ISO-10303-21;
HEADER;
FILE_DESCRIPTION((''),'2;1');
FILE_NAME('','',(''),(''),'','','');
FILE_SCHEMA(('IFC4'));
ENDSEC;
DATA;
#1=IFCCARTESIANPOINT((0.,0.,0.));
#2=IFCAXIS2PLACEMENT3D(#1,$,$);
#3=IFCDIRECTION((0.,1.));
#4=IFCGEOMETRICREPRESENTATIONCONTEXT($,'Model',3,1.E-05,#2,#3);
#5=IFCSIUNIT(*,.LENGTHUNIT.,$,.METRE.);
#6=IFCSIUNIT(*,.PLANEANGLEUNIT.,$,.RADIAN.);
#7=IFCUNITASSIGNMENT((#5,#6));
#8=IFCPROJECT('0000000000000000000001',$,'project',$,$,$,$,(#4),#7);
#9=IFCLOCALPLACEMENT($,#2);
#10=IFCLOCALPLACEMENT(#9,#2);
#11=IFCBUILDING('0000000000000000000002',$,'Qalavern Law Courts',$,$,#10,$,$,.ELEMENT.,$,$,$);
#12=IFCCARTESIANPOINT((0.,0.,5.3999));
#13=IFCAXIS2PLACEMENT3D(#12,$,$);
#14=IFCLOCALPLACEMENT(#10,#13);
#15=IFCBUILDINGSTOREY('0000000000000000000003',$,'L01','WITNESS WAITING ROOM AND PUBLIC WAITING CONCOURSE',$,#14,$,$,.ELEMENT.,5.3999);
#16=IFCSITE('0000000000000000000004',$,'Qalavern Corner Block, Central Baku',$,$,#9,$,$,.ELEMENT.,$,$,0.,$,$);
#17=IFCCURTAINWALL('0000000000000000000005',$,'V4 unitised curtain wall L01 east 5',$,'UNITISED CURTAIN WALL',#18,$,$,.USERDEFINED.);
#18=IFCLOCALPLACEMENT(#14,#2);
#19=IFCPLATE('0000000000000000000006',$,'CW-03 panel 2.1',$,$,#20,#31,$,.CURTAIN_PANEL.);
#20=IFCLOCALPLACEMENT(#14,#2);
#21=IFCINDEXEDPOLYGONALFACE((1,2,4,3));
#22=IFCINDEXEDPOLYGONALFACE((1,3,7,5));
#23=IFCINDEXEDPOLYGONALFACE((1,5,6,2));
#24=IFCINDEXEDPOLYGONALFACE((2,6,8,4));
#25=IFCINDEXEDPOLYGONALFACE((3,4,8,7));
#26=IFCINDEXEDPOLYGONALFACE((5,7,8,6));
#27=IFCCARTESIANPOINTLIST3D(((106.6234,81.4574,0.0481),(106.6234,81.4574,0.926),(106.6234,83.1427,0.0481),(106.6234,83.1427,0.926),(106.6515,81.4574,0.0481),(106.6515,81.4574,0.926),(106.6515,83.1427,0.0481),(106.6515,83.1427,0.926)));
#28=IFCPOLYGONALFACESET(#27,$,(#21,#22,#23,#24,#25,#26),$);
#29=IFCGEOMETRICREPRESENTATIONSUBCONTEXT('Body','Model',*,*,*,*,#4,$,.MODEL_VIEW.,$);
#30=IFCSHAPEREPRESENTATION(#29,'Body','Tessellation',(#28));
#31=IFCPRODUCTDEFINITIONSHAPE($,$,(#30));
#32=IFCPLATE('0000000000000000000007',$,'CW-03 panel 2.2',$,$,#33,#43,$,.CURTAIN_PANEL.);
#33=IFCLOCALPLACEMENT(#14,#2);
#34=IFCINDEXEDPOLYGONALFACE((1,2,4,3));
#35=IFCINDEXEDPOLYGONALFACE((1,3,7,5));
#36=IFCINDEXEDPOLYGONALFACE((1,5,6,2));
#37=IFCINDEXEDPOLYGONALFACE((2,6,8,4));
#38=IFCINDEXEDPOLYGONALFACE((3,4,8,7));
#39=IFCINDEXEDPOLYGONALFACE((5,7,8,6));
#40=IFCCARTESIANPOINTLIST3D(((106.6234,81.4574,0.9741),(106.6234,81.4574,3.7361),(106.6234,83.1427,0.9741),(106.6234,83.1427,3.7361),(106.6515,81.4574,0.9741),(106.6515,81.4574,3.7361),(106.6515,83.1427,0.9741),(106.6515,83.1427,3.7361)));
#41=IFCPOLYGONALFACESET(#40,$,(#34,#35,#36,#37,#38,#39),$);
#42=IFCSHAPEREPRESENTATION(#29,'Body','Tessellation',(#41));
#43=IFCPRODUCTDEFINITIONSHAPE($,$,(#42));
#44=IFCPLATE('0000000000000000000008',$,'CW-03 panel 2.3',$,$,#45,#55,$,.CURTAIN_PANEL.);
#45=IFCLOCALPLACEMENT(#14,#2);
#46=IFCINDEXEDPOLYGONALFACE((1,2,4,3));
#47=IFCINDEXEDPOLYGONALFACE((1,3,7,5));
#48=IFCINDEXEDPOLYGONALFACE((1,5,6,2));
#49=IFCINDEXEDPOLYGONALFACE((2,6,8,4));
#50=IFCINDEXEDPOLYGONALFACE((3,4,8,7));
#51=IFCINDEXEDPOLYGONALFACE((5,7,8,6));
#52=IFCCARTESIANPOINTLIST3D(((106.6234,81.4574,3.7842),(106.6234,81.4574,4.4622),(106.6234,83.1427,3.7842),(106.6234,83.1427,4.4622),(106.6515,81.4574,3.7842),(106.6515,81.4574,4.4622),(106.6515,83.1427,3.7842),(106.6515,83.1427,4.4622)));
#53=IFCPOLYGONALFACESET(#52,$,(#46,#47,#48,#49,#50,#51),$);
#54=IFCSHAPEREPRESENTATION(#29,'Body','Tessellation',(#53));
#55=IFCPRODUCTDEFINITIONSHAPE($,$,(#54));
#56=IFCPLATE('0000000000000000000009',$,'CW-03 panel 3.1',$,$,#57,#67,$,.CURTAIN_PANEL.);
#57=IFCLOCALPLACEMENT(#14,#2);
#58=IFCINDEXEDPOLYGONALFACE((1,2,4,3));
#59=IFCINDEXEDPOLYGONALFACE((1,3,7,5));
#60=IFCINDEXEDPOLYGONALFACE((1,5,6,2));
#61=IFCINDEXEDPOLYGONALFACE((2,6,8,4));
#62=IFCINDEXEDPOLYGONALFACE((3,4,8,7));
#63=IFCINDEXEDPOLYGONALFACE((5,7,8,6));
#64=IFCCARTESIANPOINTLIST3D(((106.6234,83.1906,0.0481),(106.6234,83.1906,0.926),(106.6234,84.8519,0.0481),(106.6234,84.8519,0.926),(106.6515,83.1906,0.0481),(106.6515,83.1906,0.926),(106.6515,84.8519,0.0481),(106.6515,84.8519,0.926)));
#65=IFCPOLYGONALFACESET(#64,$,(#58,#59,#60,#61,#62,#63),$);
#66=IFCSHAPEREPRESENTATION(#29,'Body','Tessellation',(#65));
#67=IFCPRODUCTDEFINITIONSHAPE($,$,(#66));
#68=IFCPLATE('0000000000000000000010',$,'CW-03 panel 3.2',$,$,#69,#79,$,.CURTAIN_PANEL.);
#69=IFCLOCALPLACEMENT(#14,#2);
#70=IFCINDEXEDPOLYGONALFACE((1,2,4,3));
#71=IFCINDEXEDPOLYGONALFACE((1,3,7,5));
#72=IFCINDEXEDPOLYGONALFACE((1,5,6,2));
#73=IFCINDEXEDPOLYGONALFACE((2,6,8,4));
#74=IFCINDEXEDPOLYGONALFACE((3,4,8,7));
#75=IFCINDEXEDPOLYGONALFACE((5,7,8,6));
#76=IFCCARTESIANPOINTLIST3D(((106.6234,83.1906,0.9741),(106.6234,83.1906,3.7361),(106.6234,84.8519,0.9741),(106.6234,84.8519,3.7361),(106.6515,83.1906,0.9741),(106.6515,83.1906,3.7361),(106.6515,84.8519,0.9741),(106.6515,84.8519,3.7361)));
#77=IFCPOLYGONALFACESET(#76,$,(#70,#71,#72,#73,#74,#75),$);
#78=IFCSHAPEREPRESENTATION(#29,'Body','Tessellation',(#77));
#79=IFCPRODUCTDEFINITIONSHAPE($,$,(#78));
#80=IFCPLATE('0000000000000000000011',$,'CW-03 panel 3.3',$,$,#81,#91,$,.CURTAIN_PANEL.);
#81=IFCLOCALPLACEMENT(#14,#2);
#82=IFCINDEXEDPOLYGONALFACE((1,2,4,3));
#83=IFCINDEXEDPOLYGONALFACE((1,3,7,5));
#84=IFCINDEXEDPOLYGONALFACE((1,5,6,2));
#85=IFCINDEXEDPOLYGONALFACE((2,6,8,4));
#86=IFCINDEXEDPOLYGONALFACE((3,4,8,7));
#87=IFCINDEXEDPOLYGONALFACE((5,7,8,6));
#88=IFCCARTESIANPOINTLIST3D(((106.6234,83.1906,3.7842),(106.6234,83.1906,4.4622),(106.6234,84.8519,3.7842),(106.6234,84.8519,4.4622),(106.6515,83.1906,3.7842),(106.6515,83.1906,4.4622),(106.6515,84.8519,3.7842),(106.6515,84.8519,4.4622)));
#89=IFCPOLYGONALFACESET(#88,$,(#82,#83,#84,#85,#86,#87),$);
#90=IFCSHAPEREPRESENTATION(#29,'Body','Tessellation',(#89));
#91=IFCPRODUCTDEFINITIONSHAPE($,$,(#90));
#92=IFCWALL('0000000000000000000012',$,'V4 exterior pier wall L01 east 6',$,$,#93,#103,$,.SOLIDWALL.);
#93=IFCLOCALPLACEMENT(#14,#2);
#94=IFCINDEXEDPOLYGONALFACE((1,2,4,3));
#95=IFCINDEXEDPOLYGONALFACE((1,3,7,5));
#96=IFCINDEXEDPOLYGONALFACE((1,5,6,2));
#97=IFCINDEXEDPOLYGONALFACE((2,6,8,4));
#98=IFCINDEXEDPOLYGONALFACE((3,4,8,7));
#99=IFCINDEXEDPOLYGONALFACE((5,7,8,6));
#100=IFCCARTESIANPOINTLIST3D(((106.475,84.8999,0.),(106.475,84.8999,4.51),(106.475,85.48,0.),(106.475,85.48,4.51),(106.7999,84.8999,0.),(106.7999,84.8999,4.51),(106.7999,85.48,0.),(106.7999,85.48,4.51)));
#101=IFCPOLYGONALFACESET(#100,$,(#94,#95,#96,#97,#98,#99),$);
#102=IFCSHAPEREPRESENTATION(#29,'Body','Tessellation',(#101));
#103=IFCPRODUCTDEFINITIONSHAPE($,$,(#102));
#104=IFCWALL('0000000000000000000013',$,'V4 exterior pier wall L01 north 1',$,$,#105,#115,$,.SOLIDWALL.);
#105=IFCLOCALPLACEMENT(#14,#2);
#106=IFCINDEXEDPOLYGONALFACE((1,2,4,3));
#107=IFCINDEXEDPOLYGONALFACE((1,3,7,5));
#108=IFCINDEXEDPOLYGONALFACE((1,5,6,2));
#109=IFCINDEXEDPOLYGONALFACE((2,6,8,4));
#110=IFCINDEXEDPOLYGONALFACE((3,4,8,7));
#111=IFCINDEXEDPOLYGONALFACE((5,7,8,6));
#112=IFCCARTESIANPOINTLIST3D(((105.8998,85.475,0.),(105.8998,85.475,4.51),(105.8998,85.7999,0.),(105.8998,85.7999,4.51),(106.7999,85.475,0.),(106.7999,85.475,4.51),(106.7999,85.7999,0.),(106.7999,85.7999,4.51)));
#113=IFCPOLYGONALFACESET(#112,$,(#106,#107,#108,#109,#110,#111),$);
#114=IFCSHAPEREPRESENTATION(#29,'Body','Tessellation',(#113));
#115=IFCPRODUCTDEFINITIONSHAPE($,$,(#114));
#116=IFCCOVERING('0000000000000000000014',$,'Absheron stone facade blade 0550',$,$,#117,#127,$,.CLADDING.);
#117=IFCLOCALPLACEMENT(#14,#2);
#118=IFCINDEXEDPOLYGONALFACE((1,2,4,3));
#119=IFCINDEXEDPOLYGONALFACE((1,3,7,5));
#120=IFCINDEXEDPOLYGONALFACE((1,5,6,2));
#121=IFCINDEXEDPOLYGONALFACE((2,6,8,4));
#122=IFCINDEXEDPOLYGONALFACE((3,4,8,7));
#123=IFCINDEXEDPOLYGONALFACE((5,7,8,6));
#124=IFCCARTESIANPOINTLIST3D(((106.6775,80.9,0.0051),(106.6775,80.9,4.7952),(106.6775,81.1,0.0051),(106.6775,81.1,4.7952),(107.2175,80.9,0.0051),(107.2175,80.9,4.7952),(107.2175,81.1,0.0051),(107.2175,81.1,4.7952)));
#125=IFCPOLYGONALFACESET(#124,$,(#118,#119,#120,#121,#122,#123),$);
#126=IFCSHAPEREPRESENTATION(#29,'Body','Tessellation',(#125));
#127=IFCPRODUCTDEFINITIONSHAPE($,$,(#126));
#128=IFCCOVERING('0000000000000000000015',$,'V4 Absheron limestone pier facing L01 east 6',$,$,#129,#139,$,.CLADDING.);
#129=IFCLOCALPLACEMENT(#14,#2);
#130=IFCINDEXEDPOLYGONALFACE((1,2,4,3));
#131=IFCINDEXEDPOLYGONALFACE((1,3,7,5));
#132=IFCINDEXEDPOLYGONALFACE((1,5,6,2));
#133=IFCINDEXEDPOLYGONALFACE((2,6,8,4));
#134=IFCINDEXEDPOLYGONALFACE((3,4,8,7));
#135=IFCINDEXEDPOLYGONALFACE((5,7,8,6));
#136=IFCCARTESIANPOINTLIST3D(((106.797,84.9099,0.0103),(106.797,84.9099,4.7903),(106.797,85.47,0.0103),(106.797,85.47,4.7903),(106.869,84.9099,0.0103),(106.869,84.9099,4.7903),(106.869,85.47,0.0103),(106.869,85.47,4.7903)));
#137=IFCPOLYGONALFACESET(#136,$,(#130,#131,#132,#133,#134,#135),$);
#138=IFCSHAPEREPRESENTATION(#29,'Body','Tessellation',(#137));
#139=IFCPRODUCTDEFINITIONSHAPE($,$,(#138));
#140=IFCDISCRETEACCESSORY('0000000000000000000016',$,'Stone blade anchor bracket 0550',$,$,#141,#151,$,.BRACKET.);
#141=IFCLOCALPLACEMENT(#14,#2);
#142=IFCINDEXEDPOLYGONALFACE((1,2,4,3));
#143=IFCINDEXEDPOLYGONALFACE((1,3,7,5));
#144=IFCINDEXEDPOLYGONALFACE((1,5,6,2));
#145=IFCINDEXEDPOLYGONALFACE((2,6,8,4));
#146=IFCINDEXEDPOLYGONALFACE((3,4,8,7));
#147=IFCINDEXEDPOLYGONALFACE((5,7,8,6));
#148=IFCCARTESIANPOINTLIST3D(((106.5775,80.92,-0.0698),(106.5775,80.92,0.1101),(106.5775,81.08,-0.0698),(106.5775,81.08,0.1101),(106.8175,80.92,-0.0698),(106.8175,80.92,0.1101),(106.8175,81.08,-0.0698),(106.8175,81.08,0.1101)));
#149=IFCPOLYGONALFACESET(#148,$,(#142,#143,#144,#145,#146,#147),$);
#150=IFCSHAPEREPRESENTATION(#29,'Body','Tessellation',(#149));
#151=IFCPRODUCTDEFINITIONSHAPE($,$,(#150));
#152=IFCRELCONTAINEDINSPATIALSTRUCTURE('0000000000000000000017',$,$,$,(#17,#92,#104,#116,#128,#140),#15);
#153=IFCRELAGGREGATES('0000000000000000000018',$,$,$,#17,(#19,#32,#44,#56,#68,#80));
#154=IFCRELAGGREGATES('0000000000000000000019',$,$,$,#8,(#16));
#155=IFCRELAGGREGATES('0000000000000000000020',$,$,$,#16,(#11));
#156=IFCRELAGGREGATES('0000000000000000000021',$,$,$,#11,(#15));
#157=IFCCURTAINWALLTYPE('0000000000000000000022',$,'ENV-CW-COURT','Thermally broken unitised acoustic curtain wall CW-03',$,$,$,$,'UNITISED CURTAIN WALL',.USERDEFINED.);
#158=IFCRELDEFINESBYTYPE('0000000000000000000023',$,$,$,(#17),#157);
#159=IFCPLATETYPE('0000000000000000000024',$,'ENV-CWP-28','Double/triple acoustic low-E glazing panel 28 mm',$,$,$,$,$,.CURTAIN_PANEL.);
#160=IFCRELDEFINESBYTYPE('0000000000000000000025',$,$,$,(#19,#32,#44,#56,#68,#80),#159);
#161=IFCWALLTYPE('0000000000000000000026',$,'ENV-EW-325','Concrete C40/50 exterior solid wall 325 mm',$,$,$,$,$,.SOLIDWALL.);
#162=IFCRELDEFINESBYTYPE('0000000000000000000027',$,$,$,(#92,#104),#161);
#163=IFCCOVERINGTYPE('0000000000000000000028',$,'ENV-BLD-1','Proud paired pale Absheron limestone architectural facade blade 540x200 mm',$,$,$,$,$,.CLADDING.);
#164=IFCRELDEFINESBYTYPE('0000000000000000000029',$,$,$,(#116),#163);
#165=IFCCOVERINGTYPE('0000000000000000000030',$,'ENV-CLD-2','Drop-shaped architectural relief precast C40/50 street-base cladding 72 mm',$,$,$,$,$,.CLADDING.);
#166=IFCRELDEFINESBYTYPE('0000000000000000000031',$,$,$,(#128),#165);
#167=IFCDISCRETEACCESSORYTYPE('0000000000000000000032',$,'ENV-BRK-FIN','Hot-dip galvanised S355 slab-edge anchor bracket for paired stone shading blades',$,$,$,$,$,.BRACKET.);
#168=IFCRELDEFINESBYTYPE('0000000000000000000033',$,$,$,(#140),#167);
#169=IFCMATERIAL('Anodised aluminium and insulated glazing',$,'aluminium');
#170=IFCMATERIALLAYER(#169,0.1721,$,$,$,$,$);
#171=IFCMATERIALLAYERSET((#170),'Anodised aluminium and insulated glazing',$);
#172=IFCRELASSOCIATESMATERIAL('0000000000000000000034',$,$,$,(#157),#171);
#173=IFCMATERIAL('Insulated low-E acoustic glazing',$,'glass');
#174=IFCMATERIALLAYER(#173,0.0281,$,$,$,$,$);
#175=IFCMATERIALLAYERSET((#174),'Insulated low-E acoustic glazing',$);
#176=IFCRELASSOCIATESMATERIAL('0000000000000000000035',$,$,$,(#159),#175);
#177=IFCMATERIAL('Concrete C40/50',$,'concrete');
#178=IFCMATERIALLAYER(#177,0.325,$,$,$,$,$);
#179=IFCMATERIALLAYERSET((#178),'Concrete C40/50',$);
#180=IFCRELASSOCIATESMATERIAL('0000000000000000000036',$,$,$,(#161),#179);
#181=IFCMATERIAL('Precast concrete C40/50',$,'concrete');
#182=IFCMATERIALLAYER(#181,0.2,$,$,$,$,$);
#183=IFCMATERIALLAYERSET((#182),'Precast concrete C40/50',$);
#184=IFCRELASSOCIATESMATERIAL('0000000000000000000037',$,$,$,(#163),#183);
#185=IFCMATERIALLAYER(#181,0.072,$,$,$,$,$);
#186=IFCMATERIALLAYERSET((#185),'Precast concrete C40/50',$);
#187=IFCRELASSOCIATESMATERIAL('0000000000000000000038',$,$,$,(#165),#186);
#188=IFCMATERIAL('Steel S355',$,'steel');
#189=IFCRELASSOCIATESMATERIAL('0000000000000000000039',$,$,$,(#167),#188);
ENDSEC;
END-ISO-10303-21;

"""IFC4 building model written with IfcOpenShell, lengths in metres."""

from ifc_helpers import new_model, si_unit, direction, frame, frame_2d, origin, origin_2d, place, context, subcontext, project, spatial, rectangle, extrude, material, layer, layer_set, type_object, element, aggregate, save


model = new_model("IFC4")

# Units and contexts
model_context = context("Model", 3, precision=1e-05, world=origin(), true_north=direction((0.0, 1.0)))
body_context = subcontext(model_context, "Body", "Model", "MODEL_VIEW")
ifc_project = project(units=[si_unit("LENGTHUNIT", "METRE"), si_unit("PLANEANGLEUNIT", "RADIAN")], contexts=[model_context])

# Site, building, storey
site_placement = place(None, origin())
site = spatial("IfcSite", under=ifc_project, at=site_placement, Name="Qalavern Corner Block, Central Baku", CompositionType="ELEMENT", RefElevation=0.0)
building_placement = place(site_placement, origin())
building = spatial("IfcBuilding", under=site, at=building_placement, Name="Qalavern Law Courts", CompositionType="ELEMENT")
storey_placement = place(building_placement, frame((0.0, 0.0, 5.3999)))
storey = spatial("IfcBuildingStorey", under=building, at=storey_placement, Name="L01", Description="WITNESS WAITING ROOM AND PUBLIC WAITING CONCOURSE", CompositionType="ELEMENT", Elevation=5.3999)

# Curtain wall, plates
ifc_material_1 = material(Name="Anodised aluminium and insulated glazing", Category="aluminium")
ifc_layer_1 = layer(ifc_material_1, 0.1721)
ifc_layer_set_1 = layer_set([ifc_layer_1], Name="Anodised aluminium and insulated glazing")
curtain_wall_type = type_object("IfcCurtainWallType", Name="ENV-CW-COURT", Description="Thermally broken unitised acoustic curtain wall CW-03", ElementType="UNITISED CURTAIN WALL", PredefinedType="USERDEFINED", material=ifc_layer_set_1)
curtain_wall_placement = place(storey_placement, origin())
curtain_wall = element("IfcCurtainWall", 1, at=curtain_wall_placement, inside=storey, type_object=curtain_wall_type, Name="V4 unitised curtain wall L01 east 5", ObjectType="UNITISED CURTAIN WALL", PredefinedType="USERDEFINED")
ifc_material_2 = material(Name="Insulated low-E acoustic glazing", Category="glass")
ifc_layer_2 = layer(ifc_material_2, 0.0281)
ifc_layer_set_2 = layer_set([ifc_layer_2], Name="Insulated low-E acoustic glazing")
plate_type = type_object("IfcPlateType", Name="ENV-CWP-28", Description="Double/triple acoustic low-E glazing panel 28 mm", PredefinedType="CURTAIN_PANEL", material=ifc_layer_set_2)
plate_1_placement = place(storey_placement, frame((106.6375, 82.3, 0.0481), z_axis=(0.0, 0.0, 1.0), x_axis=(0.0, 1.0, 0.0)))
plate_1 = element("IfcPlate", 2, at=plate_1_placement, type_object=plate_type, Name="CW-03 panel 2.1", PredefinedType="CURTAIN_PANEL", context=body_context, shape_type="SweptSolid", body=[
    extrude(rectangle(XDim=1.6853, YDim=0.0281, at=origin_2d()), origin(), (0.0, 0.0, 1.0), 0.8779),
])
plate_2_placement = place(storey_placement, frame((106.6375, 82.3, 0.9741), z_axis=(0.0, 0.0, 1.0), x_axis=(0.0, 1.0, 0.0)))
plate_2 = element("IfcPlate", 3, at=plate_2_placement, type_object=plate_type, Name="CW-03 panel 2.2", PredefinedType="CURTAIN_PANEL", context=body_context, shape_type="SweptSolid", body=[
    extrude(rectangle(XDim=1.6853, YDim=0.0281, at=origin_2d()), origin(), (0.0, 0.0, 1.0), 2.762),
])
plate_3_placement = place(storey_placement, frame((106.6375, 82.3, 3.7842), z_axis=(0.0, 0.0, 1.0), x_axis=(0.0, 1.0, 0.0)))
plate_3 = element("IfcPlate", 4, at=plate_3_placement, type_object=plate_type, Name="CW-03 panel 2.3", PredefinedType="CURTAIN_PANEL", context=body_context, shape_type="SweptSolid", body=[
    extrude(rectangle(XDim=1.6853, YDim=0.0281, at=origin_2d()), origin(), (0.0, 0.0, 1.0), 0.678),
])
plate_4_placement = place(storey_placement, frame((106.6375, 84.0212, 0.0481), z_axis=(0.0, 0.0, 1.0), x_axis=(0.0, 1.0, 0.0)))
plate_4 = element("IfcPlate", 5, at=plate_4_placement, type_object=plate_type, Name="CW-03 panel 3.1", PredefinedType="CURTAIN_PANEL", context=body_context, shape_type="SweptSolid", body=[
    extrude(rectangle(XDim=1.6614, YDim=0.0281, at=origin_2d()), origin(), (0.0, 0.0, 1.0), 0.8779),
])
plate_5_placement = place(storey_placement, frame((106.6375, 84.0212, 0.9741), z_axis=(0.0, 0.0, 1.0), x_axis=(0.0, 1.0, 0.0)))
plate_5 = element("IfcPlate", 6, at=plate_5_placement, type_object=plate_type, Name="CW-03 panel 3.2", PredefinedType="CURTAIN_PANEL", context=body_context, shape_type="SweptSolid", body=[
    extrude(rectangle(XDim=1.6614, YDim=0.0281, at=origin_2d()), origin(), (0.0, 0.0, 1.0), 2.762),
])
plate_6_placement = place(storey_placement, frame((106.6375, 84.0212, 3.7842), z_axis=(0.0, 0.0, 1.0), x_axis=(0.0, 1.0, 0.0)))
plate_6 = element("IfcPlate", 7, at=plate_6_placement, type_object=plate_type, Name="CW-03 panel 3.3", PredefinedType="CURTAIN_PANEL", context=body_context, shape_type="SweptSolid", body=[
    extrude(rectangle(XDim=1.6614, YDim=0.0281, at=origin_2d()), origin(), (0.0, 0.0, 1.0), 0.678),
])
aggregate(curtain_wall, [plate_1, plate_2, plate_3, plate_4, plate_5, plate_6])

# Walls
ifc_material_3 = material(Name="Concrete C40/50", Category="concrete")
ifc_layer_3 = layer(ifc_material_3, 0.325)
ifc_layer_set_3 = layer_set([ifc_layer_3], Name="Concrete C40/50")
wall_type = type_object("IfcWallType", Name="ENV-EW-325", Description="Concrete C40/50 exterior solid wall 325 mm", PredefinedType="SOLIDWALL", material=ifc_layer_set_3)
wall_1_placement = place(storey_placement, frame((106.6375, 84.8999, 0.0), z_axis=(0.0, 0.0, 1.0), x_axis=(0.0, 1.0, 0.0)))
element("IfcWall", 8, at=wall_1_placement, inside=storey, type_object=wall_type, Name="V4 exterior pier wall L01 east 6", PredefinedType="SOLIDWALL", context=body_context, shape_type="SweptSolid", body=[
    extrude(rectangle(XDim=0.5801, YDim=0.325, at=frame_2d((0.29, 0.0))), origin(), (0.0, 0.0, 1.0), 4.51),
])
wall_2_placement = place(storey_placement, frame((106.8, 85.6375, 0.0), z_axis=(0.0, 0.0, 1.0), x_axis=(-1.0, 0.0, 0.0)))
element("IfcWall", 9, at=wall_2_placement, inside=storey, type_object=wall_type, Name="V4 exterior pier wall L01 north 1", PredefinedType="SOLIDWALL", context=body_context, shape_type="SweptSolid", body=[
    extrude(rectangle(XDim=0.9001, YDim=0.325, at=frame_2d((0.4502, 0.0))), origin(), (0.0, 0.0, 1.0), 4.51),
])

# Coverings
ifc_material_4 = material(Name="Precast concrete C40/50", Category="concrete")
ifc_layer_4 = layer(ifc_material_4, 0.2)
ifc_layer_set_4 = layer_set([ifc_layer_4], Name="Precast concrete C40/50")
covering_type_1 = type_object("IfcCoveringType", Name="ENV-BLD-1", Description="Proud paired pale Absheron limestone architectural facade blade 540x200 mm", PredefinedType="CLADDING", material=ifc_layer_set_4)
covering_1_placement = place(storey_placement, frame((106.9475, 81.0, 0.0051), z_axis=(0.0, 0.0, 1.0), x_axis=(1.0, 0.0, 0.0)))
element("IfcCovering", 10, at=covering_1_placement, inside=storey, type_object=covering_type_1, Name="Absheron stone facade blade 0550", PredefinedType="CLADDING", context=body_context, shape_type="SweptSolid", body=[
    extrude(rectangle(XDim=0.54, YDim=0.2, at=origin_2d()), origin(), (0.0, 0.0, 1.0), 4.79),
])
ifc_layer_5 = layer(ifc_material_4, 0.072)
ifc_layer_set_5 = layer_set([ifc_layer_5], Name="Precast concrete C40/50")
covering_type_2 = type_object("IfcCoveringType", Name="ENV-CLD-2", Description="Drop-shaped architectural relief precast C40/50 street-base cladding 72 mm", PredefinedType="CLADDING", material=ifc_layer_set_5)
covering_2_placement = place(storey_placement, frame((106.833, 85.1899, 0.0103), z_axis=(0.0, 0.0, 1.0), x_axis=(0.0, 1.0, 0.0)))
element("IfcCovering", 11, at=covering_2_placement, inside=storey, type_object=covering_type_2, Name="V4 Absheron limestone pier facing L01 east 6", PredefinedType="CLADDING", context=body_context, shape_type="SweptSolid", body=[
    extrude(rectangle(XDim=0.5601, YDim=0.072, at=origin_2d()), origin(), (0.0, 0.0, 1.0), 4.78),
])

# Discrete accessory
ifc_material_5 = material(Name="Steel S355", Category="steel")
discrete_accessory_type = type_object("IfcDiscreteAccessoryType", Name="ENV-BRK-FIN", Description="Hot-dip galvanised S355 slab-edge anchor bracket for paired stone shading blades", PredefinedType="BRACKET", material=ifc_material_5)
discrete_accessory_placement = place(storey_placement, frame((106.6975, 81.0, -0.0698), z_axis=(0.0, 0.0, 1.0), x_axis=(1.0, 0.0, 0.0)))
element("IfcDiscreteAccessory", 12, at=discrete_accessory_placement, inside=storey, type_object=discrete_accessory_type, Name="Stone blade anchor bracket 0550", PredefinedType="BRACKET", context=body_context, shape_type="SweptSolid", body=[
    extrude(rectangle(XDim=0.24, YDim=0.1599, at=origin_2d()), origin(), (0.0, 0.0, 1.0), 0.1799),
])

save(model, "model.ifc")
